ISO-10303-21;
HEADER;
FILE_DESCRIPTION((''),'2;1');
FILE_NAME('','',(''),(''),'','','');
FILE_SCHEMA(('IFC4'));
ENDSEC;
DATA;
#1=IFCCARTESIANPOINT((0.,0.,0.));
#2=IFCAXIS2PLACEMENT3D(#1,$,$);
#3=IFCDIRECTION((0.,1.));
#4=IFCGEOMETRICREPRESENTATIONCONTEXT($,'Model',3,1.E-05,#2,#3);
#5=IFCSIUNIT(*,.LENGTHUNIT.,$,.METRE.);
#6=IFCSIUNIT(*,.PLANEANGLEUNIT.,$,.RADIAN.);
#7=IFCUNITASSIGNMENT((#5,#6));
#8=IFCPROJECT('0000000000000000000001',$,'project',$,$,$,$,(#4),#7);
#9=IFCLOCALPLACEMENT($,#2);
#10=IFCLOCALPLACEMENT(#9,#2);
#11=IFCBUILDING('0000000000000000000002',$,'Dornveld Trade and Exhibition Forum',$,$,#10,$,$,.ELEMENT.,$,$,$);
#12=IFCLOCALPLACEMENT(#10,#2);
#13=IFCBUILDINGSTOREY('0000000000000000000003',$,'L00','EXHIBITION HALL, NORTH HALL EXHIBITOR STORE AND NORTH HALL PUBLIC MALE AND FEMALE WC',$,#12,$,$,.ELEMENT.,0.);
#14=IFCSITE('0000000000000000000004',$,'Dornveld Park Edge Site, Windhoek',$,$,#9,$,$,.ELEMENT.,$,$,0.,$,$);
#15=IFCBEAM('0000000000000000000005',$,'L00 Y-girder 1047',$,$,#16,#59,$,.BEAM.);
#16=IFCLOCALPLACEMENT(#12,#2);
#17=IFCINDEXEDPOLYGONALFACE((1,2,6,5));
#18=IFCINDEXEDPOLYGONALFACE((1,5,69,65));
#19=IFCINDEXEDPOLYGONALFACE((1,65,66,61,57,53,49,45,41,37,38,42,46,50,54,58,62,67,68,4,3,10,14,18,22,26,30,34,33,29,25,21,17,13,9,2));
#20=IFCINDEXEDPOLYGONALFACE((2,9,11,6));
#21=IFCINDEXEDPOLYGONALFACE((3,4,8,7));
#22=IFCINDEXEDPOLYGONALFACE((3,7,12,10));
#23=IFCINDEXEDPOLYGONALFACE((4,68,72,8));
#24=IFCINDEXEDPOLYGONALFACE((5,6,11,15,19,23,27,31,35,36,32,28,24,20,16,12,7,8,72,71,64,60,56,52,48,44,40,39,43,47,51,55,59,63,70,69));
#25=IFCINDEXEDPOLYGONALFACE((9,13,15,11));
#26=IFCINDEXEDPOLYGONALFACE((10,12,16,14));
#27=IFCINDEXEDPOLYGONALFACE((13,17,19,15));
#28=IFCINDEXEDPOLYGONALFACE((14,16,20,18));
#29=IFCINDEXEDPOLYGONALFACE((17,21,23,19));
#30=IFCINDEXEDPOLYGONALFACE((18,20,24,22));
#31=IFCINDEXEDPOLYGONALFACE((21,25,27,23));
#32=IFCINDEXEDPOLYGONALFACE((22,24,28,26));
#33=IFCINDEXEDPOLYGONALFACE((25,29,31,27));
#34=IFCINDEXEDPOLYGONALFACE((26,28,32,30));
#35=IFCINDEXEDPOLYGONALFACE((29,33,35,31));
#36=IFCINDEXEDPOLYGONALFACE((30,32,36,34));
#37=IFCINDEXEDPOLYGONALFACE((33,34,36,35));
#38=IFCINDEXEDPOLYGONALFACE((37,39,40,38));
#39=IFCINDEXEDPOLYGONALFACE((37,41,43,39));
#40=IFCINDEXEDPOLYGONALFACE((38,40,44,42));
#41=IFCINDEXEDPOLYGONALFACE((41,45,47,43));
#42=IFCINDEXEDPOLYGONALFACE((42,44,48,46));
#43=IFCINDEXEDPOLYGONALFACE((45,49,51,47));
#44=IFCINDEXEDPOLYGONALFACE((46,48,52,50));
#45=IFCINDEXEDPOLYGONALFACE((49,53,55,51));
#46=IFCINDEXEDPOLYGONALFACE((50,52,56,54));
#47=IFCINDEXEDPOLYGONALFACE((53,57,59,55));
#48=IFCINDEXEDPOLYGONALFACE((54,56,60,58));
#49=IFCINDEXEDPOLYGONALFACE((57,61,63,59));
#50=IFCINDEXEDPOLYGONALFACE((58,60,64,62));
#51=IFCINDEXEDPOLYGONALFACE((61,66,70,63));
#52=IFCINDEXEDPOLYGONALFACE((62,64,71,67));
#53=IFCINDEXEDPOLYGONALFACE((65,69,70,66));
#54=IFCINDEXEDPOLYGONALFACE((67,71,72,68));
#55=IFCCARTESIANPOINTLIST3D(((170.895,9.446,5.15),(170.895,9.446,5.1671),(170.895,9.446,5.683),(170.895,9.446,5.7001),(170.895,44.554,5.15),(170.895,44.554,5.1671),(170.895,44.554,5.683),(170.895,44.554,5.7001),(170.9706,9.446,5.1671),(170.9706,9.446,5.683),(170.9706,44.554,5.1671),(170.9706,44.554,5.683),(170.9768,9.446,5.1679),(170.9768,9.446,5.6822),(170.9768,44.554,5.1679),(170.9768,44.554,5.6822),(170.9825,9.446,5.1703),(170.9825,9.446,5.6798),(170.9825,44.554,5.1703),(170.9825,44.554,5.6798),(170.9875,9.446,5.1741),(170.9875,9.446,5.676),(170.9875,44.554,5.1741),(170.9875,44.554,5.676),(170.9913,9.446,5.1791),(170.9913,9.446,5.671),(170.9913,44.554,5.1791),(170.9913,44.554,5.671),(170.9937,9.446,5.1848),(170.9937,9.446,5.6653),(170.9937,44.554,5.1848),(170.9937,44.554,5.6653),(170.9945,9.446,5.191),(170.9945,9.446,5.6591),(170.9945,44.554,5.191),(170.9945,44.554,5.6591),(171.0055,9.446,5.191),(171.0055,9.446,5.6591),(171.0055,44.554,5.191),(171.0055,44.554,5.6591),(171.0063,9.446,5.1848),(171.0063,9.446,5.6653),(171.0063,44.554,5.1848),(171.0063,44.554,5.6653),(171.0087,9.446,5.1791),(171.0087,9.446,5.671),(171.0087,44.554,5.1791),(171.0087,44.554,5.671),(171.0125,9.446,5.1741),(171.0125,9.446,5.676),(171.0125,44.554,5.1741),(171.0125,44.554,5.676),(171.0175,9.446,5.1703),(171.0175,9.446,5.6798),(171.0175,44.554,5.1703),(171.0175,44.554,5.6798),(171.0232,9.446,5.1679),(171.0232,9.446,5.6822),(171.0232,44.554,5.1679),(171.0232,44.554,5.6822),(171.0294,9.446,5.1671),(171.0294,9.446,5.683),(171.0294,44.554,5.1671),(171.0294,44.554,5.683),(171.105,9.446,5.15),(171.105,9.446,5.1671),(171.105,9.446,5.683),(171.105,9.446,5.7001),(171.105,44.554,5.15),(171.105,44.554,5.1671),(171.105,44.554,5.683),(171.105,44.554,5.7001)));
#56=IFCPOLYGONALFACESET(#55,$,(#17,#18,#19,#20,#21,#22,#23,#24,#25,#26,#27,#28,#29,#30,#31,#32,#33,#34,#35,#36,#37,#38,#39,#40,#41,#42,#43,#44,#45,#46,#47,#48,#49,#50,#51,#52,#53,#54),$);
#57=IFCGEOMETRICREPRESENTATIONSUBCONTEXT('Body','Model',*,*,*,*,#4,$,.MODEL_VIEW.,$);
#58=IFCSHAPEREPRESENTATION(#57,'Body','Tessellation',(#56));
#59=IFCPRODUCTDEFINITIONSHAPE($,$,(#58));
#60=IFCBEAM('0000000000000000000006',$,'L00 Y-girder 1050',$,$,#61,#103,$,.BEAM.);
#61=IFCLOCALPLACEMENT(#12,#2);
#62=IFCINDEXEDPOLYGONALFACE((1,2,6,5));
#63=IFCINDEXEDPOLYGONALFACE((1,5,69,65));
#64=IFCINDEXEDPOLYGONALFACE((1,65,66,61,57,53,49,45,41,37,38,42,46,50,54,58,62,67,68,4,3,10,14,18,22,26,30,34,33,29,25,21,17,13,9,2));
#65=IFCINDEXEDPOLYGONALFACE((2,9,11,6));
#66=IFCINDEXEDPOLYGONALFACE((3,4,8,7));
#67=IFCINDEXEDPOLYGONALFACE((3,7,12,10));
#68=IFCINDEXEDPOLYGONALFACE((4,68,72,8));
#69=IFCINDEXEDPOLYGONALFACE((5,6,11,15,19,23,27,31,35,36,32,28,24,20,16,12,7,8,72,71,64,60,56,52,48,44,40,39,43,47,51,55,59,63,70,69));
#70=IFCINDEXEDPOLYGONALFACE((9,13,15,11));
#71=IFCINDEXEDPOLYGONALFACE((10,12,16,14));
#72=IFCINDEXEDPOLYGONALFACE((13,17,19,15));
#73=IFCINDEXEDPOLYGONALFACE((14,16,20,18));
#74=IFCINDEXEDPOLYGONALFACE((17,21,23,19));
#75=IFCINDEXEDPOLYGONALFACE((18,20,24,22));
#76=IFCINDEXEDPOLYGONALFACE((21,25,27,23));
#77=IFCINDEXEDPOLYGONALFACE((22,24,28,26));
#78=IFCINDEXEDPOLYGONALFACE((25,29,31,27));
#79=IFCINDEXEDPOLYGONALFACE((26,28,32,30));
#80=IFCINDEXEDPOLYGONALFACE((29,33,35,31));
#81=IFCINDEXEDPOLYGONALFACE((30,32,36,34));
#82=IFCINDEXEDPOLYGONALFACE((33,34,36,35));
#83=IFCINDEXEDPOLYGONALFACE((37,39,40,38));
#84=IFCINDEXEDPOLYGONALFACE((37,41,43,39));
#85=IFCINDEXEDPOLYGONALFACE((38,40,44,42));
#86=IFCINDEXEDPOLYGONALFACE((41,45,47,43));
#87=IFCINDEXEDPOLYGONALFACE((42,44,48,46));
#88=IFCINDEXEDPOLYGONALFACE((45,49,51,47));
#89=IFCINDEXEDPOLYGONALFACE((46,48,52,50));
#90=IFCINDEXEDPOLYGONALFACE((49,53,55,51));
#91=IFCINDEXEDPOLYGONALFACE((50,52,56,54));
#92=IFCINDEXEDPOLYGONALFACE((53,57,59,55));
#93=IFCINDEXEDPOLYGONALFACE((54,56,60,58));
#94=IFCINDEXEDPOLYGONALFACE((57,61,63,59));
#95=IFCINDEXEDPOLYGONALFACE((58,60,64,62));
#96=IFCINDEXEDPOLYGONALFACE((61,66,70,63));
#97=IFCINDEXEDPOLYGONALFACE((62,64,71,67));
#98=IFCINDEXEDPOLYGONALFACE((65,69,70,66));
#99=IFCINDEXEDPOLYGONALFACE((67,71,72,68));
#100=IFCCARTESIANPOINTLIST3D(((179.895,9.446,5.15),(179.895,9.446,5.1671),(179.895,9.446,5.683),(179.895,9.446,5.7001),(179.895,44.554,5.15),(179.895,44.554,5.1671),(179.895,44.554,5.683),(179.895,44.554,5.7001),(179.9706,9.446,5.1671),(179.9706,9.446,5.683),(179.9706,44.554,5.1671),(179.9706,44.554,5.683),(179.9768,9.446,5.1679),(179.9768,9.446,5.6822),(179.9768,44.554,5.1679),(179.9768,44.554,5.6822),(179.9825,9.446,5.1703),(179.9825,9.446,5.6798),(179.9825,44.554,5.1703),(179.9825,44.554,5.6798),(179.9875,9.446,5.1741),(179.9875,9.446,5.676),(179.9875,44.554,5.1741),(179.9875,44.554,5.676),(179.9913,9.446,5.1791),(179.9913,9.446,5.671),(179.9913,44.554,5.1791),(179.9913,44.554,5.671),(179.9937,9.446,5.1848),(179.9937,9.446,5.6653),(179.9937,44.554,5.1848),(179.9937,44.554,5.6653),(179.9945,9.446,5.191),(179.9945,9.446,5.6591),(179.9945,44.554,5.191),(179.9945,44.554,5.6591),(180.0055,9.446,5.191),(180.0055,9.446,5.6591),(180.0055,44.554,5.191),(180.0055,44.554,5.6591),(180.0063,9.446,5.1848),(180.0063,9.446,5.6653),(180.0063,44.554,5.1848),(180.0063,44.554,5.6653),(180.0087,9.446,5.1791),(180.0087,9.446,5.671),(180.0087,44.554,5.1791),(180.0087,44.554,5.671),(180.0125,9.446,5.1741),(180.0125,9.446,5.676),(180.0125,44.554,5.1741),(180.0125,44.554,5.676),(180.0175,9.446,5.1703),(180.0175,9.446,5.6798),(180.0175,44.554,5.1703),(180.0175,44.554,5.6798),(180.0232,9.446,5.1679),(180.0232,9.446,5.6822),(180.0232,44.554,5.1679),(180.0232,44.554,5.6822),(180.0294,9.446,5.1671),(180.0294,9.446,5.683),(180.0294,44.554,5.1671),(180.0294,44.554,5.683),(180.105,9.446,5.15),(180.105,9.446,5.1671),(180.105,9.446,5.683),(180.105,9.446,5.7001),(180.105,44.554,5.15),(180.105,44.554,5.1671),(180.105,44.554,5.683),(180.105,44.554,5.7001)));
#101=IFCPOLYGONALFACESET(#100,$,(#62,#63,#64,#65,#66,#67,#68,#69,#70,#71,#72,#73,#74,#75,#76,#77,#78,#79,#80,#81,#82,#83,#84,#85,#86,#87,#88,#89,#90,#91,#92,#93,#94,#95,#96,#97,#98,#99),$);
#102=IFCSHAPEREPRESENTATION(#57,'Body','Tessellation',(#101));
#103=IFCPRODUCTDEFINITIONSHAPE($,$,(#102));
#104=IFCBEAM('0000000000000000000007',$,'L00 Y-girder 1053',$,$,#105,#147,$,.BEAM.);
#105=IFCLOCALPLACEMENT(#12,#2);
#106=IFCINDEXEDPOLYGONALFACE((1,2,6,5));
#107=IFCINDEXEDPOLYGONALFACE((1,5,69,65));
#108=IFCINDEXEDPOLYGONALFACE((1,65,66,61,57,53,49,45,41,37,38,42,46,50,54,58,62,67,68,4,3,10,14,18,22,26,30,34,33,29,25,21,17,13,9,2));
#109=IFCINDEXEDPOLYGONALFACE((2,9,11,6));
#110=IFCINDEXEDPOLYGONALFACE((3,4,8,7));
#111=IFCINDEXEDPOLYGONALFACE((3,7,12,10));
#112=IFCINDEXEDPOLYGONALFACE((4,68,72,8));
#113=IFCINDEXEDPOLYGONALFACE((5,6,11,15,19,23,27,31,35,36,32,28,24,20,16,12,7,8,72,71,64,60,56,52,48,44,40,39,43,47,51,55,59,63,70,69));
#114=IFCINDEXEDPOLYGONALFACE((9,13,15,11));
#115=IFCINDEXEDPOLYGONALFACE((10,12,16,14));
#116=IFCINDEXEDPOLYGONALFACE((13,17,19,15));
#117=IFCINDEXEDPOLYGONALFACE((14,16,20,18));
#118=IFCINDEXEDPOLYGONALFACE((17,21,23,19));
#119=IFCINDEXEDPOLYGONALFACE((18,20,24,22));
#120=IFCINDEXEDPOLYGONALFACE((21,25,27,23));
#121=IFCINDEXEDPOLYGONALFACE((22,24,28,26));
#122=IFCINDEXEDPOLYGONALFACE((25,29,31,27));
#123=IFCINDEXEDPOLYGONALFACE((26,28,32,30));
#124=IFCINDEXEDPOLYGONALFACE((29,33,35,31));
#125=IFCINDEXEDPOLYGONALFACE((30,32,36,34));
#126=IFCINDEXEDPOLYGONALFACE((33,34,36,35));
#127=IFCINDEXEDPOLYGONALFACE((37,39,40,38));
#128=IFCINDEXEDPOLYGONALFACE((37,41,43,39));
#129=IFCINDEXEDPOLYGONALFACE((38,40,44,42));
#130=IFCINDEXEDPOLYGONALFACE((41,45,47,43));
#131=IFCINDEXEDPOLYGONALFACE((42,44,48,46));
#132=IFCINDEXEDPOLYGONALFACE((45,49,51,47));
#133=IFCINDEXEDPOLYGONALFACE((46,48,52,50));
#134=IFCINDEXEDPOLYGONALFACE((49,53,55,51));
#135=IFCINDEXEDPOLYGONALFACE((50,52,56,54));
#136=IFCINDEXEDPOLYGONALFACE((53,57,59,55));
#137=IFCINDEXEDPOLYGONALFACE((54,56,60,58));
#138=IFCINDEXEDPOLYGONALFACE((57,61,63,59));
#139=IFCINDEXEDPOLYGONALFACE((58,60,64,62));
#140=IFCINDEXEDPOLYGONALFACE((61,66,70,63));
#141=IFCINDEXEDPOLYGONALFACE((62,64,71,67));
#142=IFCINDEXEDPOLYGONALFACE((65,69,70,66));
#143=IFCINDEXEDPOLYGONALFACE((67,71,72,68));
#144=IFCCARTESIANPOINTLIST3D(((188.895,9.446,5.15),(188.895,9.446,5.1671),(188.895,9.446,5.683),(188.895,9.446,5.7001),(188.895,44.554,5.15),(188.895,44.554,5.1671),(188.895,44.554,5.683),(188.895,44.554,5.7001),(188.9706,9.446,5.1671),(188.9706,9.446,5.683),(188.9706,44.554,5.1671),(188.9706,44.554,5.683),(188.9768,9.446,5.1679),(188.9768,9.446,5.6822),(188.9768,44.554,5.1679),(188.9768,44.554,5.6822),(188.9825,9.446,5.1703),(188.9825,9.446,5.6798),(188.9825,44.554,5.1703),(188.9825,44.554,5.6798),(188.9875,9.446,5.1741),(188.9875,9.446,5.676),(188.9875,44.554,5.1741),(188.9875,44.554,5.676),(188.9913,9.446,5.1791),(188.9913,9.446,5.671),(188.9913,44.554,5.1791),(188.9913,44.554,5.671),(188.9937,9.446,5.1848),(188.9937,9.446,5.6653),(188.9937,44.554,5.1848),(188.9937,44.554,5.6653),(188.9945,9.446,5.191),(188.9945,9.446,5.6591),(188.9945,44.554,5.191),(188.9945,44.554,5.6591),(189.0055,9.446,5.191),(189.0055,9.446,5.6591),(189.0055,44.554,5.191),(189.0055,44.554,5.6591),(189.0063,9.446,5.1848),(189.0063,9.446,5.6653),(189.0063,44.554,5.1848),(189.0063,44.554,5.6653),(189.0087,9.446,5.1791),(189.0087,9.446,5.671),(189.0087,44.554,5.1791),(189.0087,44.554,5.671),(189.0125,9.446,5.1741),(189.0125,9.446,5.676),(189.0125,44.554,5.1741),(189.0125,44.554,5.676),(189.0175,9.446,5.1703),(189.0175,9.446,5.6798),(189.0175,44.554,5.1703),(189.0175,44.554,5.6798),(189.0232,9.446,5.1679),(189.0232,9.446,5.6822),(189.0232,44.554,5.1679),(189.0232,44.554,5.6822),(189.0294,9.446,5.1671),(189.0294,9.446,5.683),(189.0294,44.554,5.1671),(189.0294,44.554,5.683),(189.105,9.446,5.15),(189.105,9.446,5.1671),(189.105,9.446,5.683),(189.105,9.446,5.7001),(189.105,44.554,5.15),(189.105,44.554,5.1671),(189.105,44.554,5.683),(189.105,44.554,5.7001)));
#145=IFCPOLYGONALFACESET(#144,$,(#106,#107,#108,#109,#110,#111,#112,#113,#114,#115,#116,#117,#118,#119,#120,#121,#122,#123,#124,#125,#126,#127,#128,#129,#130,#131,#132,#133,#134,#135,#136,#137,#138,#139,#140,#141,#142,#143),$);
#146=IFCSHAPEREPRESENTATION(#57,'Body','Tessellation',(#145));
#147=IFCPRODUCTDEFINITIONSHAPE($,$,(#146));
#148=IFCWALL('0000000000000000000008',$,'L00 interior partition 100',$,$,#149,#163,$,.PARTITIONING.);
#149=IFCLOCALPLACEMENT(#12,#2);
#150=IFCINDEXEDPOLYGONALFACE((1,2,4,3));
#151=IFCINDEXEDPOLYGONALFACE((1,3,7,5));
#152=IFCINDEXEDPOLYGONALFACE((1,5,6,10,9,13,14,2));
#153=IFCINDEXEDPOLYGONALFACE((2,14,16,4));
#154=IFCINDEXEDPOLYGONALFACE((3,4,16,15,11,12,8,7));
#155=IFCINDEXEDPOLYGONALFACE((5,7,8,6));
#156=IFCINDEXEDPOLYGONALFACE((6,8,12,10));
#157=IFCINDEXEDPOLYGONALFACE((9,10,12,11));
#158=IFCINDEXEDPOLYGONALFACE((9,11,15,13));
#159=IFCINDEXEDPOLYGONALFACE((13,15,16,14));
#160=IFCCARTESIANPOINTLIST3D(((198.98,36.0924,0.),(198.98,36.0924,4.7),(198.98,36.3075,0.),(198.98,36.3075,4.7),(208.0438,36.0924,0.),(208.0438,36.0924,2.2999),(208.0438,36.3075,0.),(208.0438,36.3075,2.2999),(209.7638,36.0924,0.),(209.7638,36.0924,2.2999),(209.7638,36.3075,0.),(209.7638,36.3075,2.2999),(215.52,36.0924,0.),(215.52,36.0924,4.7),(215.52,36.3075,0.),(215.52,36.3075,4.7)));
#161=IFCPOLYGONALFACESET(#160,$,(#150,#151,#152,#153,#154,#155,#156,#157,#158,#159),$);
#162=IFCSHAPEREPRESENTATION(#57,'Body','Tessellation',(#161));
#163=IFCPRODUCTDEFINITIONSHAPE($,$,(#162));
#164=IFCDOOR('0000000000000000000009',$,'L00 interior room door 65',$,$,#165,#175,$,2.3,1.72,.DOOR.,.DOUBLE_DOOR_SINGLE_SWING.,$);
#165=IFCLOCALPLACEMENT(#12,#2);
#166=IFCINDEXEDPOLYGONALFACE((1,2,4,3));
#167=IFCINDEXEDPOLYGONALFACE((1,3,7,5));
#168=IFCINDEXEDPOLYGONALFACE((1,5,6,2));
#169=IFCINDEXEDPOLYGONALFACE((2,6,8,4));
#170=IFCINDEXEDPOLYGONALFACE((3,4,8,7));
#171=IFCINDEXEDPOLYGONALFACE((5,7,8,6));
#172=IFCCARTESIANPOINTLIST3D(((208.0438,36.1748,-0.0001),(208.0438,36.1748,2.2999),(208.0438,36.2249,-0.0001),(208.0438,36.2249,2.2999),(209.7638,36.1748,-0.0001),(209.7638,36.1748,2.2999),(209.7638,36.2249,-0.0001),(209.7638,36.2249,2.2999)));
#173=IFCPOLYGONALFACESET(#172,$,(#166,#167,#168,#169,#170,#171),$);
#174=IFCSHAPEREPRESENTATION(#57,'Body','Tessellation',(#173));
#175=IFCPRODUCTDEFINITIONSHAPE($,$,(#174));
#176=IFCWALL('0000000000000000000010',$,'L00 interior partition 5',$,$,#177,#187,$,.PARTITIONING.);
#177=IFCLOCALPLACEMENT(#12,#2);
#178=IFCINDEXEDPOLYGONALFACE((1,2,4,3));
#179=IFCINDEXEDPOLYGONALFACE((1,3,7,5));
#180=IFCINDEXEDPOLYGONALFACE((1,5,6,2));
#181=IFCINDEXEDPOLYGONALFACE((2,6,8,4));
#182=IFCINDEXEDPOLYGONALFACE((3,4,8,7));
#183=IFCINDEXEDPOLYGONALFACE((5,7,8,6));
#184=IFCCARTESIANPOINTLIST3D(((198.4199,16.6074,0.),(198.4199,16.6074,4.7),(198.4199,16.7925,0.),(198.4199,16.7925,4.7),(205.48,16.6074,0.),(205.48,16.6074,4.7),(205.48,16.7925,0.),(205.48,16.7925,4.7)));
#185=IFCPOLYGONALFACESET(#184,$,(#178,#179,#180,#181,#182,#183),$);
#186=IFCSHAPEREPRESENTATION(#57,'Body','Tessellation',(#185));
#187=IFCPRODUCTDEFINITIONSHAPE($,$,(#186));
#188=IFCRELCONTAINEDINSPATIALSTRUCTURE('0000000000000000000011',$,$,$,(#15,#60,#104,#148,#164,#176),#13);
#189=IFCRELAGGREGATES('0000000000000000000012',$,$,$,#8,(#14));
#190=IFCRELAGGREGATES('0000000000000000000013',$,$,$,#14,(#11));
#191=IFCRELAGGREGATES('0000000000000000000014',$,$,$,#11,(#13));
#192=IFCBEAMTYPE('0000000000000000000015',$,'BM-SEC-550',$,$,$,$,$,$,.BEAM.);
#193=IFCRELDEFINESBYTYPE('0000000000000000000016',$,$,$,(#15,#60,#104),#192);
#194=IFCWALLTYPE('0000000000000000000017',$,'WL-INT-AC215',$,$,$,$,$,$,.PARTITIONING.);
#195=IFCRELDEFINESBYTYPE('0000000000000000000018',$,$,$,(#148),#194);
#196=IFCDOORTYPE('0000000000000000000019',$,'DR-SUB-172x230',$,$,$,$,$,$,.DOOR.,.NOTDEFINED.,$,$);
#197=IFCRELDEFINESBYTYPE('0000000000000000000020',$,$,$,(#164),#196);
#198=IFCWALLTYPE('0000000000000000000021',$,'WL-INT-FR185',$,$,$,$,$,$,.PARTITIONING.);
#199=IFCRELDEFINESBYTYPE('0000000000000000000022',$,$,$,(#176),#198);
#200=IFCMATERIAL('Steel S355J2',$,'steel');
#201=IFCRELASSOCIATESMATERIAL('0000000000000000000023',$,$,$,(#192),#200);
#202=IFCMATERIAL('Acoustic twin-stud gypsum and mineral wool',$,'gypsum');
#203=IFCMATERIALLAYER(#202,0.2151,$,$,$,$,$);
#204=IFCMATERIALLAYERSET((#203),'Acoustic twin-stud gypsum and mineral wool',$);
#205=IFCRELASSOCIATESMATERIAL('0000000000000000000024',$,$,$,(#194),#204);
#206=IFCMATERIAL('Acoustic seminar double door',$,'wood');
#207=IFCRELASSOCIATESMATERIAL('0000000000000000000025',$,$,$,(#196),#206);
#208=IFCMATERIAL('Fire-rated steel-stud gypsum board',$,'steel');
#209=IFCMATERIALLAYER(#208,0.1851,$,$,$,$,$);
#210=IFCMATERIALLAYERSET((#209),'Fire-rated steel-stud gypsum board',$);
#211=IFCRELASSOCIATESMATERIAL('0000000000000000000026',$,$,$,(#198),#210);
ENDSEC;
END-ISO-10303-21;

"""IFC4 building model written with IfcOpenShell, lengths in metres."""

from ifc_helpers import new_model, si_unit, direction, frame, frame_2d, origin, origin_2d, place, context, subcontext, project, spatial, rectangle, i_section, extrude, material, layer, layer_set, material_profile, profile_set, type_object, element, fill, save


model = new_model("IFC4")

# Units and contexts
model_context = context("Model", 3, precision=1e-05, world=origin(), true_north=direction((0.0, 1.0)))
body_context = subcontext(model_context, "Body", "Model", "MODEL_VIEW")
ifc_project = project(units=[si_unit("LENGTHUNIT", "METRE"), si_unit("PLANEANGLEUNIT", "RADIAN")], contexts=[model_context])

# Site, building, storey
site_placement = place(None, origin())
site = spatial("IfcSite", under=ifc_project, at=site_placement, Name="Dornveld Park Edge Site, Windhoek", CompositionType="ELEMENT", RefElevation=0.0)
building_placement = place(site_placement, origin())
building = spatial("IfcBuilding", under=site, at=building_placement, Name="Dornveld Trade and Exhibition Forum", CompositionType="ELEMENT")
storey_placement = place(building_placement, origin())
storey = spatial("IfcBuildingStorey", under=building, at=storey_placement, Name="L00", Description="EXHIBITION HALL, NORTH HALL EXHIBITOR STORE AND NORTH HALL PUBLIC MALE AND FEMALE WC", CompositionType="ELEMENT", Elevation=0.0)

# Beams
ifc_material_1 = material(Name="Steel S355J2", Category="steel")
ifc_material_profile_1 = material_profile(ifc_material_1, i_section(OverallWidth=0.21, OverallDepth=0.55, WebThickness=0.011, FlangeThickness=0.0171, FilletRadius=0.0239, at=origin_2d()), Name="IPE 550")
ifc_profile_set_1 = profile_set([ifc_material_profile_1], Name="Steel S355J2")
beam_type_1 = type_object("IfcBeamType", Name="BM-SEC-550", PredefinedType="BEAM", material=ifc_profile_set_1)
for number, where, z_axis, x_axis, name in (
    (1, (171.0, 9.446, 5.425), (0.0, 1.0, 0.0), (-1.0, 0.0, 0.0), "L00 Y-girder 1047"),
    (2, (180.0, 9.446, 5.425), (0.0, 1.0, 0.0), (-1.0, 0.0, 0.0), "L00 Y-girder 1050"),
    (3, (189.0, 9.446, 5.425), (0.0, 1.0, 0.0), (-1.0, 0.0, 0.0), "L00 Y-girder 1053"),
):
    element("IfcBeam", number, at=place(storey_placement, frame(where, z_axis=z_axis, x_axis=x_axis)), inside=storey, type_object=beam_type_1, Name=name, PredefinedType="BEAM", context=body_context, shape_type="SweptSolid", body=[
        extrude(i_section(OverallWidth=0.21, OverallDepth=0.55, WebThickness=0.011, FlangeThickness=0.0171, FilletRadius=0.0239, at=origin_2d()), origin(), (0.0, 0.0, 1.0), 35.1079),
    ])

# Wall, opening, door
ifc_material_2 = material(Name="Acoustic twin-stud gypsum and mineral wool", Category="gypsum")
ifc_layer_1 = layer(ifc_material_2, 0.2151)
ifc_layer_set_1 = layer_set([ifc_layer_1], Name="Acoustic twin-stud gypsum and mineral wool")
wall_type_1 = type_object("IfcWallType", Name="WL-INT-AC215", PredefinedType="PARTITIONING", material=ifc_layer_set_1)
wall_1_placement = place(storey_placement, frame((198.98, 36.2, 0.0), z_axis=(0.0, 0.0, 1.0), x_axis=(1.0, 0.0, 0.0)))
wall_1 = element("IfcWall", 4, at=wall_1_placement, inside=storey, type_object=wall_type_1, Name="L00 interior partition 100", PredefinedType="PARTITIONING", context=body_context, shape_type="SweptSolid", body=[
    extrude(rectangle(XDim=16.54, YDim=0.2151, at=frame_2d((8.27, 0.0))), origin(), (0.0, 0.0, 1.0), 4.7),
])
opening_1_placement = place(wall_1_placement, frame((9.064, 0.0, 0.0)))
opening_1 = element("IfcOpeningElement", 5, at=opening_1_placement, cuts=wall_1, PredefinedType="OPENING", context=body_context, shape_type="SweptSolid", body=[
    extrude(rectangle(XDim=1.72, YDim=2.3, at=frame_2d((0.8599, 1.1499))), frame((0.0, 0.1174, 0.0), z_axis=(0.0, -1.0, 0.0), x_axis=(1.0, 0.0, 0.0)), (0.0, 0.0, 1.0), 0.2351),
])
ifc_material_3 = material(Name="Acoustic seminar double door", Category="wood")
door_type_1 = type_object("IfcDoorType", Name="DR-SUB-172x230", OperationType="NOTDEFINED", PredefinedType="DOOR", material=ifc_material_3)
door_1_placement = place(opening_1_placement, origin())
door_1 = element("IfcDoor", 6, at=door_1_placement, inside=storey, type_object=door_type_1, Name="L00 interior room door 65", OperationType="DOUBLE_DOOR_SINGLE_SWING", OverallHeight=2.3, OverallWidth=1.72, PredefinedType="DOOR", context=body_context, shape_type="SweptSolid", body=[
    extrude(rectangle(XDim=1.72, YDim=2.3, at=frame_2d((0.8599, 1.1499))), frame((0.0, 0.0249, 0.0), z_axis=(0.0, -1.0, 0.0), x_axis=(1.0, 0.0, 0.0)), (0.0, 0.0, 1.0), 0.05),
])
fill(opening_1, door_1)

# Wall
ifc_material_4 = material(Name="Fire-rated steel-stud gypsum board", Category="steel")
ifc_layer_2 = layer(ifc_material_4, 0.1851)
ifc_layer_set_2 = layer_set([ifc_layer_2], Name="Fire-rated steel-stud gypsum board")
wall_type_2 = type_object("IfcWallType", Name="WL-INT-FR185", PredefinedType="PARTITIONING", material=ifc_layer_set_2)
wall_2_placement = place(storey_placement, frame((198.4199, 16.7, 0.0), z_axis=(0.0, 0.0, 1.0), x_axis=(1.0, 0.0, 0.0)))
element("IfcWall", 7, at=wall_2_placement, inside=storey, type_object=wall_type_2, Name="L00 interior partition 5", PredefinedType="PARTITIONING", context=body_context, shape_type="SweptSolid", body=[
    extrude(rectangle(XDim=7.0601, YDim=0.1851, at=frame_2d((3.53, 0.0))), origin(), (0.0, 0.0, 1.0), 4.7),
])

save(model, "model.ifc")
